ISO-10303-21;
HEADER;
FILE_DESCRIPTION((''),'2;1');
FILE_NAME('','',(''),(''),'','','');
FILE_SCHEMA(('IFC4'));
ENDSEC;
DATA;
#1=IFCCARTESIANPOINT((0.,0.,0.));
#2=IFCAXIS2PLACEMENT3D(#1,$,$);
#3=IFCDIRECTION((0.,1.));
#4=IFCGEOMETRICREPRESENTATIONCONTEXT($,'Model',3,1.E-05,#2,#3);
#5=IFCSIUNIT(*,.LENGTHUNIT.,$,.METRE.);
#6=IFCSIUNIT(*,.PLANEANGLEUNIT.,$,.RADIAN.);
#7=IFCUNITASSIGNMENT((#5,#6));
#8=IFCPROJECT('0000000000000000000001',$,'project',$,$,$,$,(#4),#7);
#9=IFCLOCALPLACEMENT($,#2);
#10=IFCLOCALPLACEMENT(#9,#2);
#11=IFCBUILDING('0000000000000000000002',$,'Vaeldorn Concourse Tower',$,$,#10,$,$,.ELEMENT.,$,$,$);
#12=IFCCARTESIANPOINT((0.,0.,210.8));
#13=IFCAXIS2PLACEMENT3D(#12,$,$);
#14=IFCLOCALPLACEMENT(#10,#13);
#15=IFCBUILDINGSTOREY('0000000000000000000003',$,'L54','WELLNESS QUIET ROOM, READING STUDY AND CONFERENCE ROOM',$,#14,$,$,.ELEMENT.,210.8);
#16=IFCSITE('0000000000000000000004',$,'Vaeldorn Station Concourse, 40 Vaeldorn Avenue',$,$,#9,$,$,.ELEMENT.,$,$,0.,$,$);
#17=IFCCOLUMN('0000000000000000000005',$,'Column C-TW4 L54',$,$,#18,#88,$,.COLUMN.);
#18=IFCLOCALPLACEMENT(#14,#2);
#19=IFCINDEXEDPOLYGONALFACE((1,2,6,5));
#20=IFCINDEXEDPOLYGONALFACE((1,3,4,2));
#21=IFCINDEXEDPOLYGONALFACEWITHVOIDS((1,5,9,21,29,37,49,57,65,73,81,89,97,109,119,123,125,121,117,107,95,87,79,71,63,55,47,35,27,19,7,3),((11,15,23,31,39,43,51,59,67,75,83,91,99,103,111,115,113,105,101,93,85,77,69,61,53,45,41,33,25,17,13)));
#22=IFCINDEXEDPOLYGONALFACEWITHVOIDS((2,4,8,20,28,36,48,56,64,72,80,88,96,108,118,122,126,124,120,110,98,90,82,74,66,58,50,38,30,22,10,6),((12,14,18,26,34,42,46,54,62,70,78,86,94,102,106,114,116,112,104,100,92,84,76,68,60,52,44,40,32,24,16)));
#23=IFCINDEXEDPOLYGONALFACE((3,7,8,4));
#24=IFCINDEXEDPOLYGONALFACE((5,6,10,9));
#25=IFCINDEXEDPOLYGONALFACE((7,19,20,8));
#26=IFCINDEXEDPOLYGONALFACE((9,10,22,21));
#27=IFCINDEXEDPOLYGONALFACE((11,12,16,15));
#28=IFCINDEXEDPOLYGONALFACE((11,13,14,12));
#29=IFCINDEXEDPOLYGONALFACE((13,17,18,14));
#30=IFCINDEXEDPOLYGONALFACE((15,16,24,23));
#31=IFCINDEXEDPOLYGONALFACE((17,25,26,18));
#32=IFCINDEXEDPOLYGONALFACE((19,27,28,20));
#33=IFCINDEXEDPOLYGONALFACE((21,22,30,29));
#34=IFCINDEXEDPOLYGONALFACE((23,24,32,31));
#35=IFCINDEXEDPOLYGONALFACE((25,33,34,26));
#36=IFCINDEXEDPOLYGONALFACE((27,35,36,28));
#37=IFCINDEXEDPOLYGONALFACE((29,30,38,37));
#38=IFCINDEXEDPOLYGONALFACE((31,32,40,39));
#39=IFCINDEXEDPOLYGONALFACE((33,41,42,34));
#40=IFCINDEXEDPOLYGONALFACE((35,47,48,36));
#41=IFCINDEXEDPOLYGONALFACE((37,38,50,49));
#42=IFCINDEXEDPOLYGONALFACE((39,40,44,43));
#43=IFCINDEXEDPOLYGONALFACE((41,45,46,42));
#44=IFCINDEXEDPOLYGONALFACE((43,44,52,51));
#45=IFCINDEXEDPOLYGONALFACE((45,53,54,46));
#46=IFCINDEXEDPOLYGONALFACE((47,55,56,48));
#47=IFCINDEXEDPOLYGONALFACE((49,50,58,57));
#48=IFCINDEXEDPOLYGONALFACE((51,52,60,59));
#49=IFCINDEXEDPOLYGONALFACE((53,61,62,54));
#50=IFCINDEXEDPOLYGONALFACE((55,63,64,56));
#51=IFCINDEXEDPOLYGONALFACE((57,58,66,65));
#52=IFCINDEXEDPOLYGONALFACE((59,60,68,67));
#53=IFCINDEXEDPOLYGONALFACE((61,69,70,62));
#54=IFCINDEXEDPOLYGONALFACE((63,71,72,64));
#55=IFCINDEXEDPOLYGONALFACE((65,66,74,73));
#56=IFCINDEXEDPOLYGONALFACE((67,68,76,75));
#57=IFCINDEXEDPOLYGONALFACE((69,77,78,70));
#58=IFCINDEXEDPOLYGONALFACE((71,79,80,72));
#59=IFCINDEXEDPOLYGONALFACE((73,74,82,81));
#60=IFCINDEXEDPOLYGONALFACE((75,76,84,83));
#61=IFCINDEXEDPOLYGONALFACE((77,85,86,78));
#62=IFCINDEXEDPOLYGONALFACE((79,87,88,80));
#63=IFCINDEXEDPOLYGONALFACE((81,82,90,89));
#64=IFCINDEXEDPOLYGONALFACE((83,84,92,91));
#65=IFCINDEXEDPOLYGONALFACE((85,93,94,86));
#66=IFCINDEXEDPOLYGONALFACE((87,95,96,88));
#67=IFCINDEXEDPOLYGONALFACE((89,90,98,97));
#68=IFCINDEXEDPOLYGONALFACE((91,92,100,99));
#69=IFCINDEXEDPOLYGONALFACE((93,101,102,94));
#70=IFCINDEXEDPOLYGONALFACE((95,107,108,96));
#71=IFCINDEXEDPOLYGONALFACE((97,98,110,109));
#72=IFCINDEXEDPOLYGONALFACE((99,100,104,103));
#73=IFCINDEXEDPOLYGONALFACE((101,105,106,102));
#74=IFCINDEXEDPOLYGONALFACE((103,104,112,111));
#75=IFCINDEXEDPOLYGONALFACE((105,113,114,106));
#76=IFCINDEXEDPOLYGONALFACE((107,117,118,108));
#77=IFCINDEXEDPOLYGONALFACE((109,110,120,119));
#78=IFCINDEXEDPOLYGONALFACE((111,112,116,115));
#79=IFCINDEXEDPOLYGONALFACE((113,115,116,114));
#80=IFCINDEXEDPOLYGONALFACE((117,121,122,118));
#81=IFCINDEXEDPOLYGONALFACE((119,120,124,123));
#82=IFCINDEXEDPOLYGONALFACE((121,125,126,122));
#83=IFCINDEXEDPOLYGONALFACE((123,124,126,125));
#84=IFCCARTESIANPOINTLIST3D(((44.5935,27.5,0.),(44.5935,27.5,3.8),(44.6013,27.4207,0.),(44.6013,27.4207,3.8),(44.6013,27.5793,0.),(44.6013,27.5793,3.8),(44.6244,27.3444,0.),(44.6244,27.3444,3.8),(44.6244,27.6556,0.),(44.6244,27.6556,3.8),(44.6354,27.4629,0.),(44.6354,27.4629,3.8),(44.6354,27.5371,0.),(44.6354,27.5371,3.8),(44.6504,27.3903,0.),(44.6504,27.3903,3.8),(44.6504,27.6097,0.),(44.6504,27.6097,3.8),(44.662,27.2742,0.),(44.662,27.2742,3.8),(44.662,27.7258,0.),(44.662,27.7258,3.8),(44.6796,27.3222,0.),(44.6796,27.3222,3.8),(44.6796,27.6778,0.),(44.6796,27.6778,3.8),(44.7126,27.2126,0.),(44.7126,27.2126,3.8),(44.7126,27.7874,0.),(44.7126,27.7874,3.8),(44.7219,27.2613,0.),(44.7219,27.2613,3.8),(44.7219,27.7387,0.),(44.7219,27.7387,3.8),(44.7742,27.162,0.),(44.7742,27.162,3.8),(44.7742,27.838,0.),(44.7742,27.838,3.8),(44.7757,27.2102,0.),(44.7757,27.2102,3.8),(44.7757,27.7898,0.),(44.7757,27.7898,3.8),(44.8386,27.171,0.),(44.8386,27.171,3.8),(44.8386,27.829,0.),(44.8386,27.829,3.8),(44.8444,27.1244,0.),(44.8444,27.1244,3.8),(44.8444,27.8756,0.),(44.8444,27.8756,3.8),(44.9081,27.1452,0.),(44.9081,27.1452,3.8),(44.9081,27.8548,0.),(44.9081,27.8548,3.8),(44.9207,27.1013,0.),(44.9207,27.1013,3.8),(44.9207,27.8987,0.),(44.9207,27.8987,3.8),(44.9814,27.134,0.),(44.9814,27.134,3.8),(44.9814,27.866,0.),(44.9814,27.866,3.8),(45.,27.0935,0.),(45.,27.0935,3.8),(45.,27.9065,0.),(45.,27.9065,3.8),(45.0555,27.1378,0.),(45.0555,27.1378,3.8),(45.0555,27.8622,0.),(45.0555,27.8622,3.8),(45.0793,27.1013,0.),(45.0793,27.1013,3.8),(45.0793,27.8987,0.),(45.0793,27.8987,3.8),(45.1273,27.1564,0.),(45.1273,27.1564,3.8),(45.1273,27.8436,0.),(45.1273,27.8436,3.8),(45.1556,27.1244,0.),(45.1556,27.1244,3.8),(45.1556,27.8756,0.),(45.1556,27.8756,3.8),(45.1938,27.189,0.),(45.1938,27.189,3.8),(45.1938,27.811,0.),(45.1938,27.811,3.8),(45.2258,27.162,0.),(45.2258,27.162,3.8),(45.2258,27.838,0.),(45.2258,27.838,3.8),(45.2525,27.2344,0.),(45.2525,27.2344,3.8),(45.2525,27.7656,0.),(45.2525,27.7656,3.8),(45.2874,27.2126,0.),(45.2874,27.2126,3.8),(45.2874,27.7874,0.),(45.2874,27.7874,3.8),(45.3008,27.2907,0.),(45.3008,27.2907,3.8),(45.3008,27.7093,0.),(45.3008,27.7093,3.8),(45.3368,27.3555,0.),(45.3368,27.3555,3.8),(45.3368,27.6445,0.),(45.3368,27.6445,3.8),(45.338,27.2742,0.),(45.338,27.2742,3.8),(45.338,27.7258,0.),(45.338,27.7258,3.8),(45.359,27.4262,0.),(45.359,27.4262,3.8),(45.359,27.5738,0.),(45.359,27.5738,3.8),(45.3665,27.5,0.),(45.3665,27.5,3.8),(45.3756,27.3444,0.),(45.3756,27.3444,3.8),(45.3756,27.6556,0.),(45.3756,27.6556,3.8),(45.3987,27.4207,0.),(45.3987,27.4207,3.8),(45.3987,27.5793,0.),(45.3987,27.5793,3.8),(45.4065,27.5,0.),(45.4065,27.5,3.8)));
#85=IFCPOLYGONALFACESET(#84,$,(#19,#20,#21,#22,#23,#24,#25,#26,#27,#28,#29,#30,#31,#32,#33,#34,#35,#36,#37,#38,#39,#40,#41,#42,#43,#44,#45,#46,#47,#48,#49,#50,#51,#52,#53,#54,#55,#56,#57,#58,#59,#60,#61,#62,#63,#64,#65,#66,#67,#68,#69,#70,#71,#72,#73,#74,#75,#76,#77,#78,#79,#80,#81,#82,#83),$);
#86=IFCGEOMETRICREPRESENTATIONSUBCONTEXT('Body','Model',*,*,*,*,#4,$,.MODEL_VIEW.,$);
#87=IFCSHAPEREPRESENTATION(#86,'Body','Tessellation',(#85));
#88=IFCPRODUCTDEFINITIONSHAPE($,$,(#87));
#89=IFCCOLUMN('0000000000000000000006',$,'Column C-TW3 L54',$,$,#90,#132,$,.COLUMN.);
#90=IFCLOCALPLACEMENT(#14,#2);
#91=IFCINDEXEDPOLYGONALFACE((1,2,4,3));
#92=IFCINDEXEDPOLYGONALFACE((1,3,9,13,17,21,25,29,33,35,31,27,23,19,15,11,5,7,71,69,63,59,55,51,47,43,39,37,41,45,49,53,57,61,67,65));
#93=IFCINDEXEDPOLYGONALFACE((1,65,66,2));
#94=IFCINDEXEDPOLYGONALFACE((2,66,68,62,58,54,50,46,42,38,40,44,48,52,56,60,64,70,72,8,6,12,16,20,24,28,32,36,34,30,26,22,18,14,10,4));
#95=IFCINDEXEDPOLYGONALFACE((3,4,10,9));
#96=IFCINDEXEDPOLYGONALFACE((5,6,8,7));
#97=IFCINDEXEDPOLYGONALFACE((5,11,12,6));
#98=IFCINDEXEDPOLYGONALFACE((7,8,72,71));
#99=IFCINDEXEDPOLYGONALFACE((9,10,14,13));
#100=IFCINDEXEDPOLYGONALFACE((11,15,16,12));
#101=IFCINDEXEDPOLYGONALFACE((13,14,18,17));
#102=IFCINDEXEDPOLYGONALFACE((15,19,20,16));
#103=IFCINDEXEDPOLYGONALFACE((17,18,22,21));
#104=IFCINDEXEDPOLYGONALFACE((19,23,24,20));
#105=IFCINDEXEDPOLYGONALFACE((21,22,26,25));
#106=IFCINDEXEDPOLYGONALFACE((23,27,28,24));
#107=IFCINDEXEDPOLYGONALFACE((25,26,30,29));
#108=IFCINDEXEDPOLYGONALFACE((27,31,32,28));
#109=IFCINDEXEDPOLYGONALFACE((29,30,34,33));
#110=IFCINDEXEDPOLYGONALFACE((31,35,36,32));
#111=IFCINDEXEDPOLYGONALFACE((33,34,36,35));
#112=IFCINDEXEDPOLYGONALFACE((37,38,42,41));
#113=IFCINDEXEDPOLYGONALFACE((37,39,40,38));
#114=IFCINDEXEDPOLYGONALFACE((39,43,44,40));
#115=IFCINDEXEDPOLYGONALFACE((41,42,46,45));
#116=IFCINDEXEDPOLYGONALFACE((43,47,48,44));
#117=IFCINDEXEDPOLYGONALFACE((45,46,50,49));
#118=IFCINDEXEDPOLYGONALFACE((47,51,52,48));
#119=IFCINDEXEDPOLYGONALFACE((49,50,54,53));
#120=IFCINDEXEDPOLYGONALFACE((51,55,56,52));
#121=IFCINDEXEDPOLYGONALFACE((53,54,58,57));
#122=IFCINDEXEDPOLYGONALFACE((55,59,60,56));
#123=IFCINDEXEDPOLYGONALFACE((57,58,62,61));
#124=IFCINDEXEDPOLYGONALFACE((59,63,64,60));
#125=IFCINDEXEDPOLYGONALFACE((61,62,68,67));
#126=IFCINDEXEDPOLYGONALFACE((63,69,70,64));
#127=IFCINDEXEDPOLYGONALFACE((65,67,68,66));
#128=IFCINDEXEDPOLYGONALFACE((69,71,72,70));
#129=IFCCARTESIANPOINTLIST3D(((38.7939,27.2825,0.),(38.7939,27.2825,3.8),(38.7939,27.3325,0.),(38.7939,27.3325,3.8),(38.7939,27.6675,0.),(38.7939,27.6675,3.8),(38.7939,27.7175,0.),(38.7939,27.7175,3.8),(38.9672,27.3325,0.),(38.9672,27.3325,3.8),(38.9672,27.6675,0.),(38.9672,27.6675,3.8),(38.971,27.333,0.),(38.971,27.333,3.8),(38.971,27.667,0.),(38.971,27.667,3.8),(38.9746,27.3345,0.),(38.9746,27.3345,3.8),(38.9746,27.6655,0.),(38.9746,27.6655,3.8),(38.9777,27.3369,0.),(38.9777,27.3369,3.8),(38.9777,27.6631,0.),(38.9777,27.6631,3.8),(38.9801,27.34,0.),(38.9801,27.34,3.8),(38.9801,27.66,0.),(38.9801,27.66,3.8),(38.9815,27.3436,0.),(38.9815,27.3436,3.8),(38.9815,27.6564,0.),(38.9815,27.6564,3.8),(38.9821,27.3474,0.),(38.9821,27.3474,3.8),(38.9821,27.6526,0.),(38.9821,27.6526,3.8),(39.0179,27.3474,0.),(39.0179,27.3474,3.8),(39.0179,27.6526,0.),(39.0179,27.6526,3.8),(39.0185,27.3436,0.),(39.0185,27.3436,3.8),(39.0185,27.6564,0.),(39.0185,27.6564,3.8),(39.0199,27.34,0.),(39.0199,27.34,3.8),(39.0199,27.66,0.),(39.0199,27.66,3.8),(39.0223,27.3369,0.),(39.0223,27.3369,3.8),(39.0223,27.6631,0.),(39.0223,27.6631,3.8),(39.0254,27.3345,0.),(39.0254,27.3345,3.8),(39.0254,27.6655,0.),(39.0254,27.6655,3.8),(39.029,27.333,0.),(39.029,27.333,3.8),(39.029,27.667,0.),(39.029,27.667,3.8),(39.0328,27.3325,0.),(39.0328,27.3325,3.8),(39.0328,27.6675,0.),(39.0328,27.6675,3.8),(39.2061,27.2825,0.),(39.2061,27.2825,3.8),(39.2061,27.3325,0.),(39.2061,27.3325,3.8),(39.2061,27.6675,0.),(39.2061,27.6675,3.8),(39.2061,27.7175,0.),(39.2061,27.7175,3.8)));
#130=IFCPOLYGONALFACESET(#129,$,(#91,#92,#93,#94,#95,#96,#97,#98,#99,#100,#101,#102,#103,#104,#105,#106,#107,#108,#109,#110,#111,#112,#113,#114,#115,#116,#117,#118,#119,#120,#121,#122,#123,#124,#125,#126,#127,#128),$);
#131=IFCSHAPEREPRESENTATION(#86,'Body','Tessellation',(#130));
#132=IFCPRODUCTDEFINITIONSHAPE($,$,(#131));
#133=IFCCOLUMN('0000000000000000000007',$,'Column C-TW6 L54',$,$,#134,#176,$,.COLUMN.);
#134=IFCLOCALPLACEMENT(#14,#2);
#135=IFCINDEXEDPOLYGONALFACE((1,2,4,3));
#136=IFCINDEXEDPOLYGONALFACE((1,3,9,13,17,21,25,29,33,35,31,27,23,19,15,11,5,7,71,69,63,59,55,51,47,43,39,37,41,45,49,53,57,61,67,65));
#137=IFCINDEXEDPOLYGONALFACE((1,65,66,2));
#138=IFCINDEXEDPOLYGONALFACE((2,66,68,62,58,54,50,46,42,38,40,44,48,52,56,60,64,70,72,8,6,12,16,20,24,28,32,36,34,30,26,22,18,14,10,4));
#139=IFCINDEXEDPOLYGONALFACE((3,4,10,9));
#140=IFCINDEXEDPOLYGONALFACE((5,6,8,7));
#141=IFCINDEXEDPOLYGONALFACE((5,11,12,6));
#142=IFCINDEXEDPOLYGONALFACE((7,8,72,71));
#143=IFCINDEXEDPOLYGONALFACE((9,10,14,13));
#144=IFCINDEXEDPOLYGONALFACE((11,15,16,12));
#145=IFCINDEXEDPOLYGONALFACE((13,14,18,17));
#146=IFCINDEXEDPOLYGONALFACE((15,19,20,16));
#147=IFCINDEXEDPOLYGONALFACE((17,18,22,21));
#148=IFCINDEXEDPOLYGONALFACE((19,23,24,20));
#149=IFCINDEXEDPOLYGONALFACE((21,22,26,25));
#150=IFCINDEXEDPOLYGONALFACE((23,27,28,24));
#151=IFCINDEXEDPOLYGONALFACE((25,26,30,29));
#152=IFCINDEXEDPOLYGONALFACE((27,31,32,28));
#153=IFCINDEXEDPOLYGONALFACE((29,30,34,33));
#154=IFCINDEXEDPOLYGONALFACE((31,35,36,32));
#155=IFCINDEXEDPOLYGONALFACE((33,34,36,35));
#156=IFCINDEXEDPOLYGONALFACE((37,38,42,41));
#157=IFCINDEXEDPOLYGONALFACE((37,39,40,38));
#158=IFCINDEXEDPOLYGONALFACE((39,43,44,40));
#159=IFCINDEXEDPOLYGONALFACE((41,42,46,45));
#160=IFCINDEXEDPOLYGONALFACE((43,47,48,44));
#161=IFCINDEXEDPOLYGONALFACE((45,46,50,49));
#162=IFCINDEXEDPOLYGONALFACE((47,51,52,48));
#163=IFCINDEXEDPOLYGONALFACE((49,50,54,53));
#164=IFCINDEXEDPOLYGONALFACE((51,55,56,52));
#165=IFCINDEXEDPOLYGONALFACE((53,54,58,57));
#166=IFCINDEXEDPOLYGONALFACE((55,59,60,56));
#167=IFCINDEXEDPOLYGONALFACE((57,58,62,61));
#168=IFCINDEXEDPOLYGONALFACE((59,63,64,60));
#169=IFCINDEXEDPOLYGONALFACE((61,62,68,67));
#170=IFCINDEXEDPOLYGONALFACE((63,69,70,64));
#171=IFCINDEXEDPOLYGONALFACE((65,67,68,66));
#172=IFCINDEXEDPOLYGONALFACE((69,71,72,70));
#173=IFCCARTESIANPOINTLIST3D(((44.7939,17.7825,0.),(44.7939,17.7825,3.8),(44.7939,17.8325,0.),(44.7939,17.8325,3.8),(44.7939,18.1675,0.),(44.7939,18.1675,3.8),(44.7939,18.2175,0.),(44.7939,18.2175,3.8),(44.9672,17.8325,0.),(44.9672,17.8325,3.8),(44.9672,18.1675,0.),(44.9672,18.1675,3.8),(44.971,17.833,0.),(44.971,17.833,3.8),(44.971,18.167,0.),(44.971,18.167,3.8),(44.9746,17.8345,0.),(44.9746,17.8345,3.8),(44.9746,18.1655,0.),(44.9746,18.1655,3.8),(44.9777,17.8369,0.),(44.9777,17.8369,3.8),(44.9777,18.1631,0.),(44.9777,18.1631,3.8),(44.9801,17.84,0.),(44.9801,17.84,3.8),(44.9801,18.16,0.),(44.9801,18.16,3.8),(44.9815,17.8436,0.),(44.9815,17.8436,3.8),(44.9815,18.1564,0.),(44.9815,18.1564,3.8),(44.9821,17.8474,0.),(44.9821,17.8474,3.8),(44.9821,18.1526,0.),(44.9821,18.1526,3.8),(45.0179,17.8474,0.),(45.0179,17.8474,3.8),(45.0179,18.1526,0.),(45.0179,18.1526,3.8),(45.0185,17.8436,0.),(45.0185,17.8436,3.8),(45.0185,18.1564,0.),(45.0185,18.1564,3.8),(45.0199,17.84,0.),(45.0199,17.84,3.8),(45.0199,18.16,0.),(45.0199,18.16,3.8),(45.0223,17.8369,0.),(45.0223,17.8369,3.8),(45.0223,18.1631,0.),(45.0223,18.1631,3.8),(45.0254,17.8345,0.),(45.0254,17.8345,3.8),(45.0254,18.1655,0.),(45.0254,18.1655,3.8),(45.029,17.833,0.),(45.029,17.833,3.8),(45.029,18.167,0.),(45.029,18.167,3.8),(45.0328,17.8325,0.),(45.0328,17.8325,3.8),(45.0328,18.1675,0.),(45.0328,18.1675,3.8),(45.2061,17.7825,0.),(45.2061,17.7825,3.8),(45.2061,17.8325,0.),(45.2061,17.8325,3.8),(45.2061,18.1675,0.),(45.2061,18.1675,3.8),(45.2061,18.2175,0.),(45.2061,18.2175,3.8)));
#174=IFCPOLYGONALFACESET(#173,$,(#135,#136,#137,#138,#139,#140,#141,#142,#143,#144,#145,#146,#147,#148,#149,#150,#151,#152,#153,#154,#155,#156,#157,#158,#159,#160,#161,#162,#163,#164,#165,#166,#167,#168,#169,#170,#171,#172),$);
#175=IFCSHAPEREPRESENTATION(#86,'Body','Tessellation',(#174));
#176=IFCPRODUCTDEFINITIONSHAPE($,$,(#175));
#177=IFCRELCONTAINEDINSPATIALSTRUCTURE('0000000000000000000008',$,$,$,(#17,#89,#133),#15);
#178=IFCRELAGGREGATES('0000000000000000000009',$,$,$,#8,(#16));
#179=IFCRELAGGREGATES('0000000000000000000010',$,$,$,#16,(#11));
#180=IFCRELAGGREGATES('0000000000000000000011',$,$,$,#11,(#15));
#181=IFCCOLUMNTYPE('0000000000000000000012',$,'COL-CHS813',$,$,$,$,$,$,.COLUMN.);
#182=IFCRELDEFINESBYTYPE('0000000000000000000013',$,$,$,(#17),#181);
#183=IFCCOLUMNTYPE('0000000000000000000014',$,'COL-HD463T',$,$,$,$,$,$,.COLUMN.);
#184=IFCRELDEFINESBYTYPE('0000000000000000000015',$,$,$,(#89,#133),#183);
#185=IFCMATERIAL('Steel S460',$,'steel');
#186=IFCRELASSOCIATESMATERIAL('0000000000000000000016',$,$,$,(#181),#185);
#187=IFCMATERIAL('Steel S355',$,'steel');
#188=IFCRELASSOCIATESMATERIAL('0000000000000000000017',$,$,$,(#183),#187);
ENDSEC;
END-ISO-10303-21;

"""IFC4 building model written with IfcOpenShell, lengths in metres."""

from ifc_helpers import new_model, si_unit, direction, frame, origin, origin_2d, place, context, subcontext, project, spatial, hollow_circle, i_section, extrude, source, transform, mapped, material, material_profile, profile_set, type_object, element, save


model = new_model("IFC4")

# Units and contexts
model_context = context("Model", 3, precision=1e-05, world=origin(), true_north=direction((0.0, 1.0)))
body_context = subcontext(model_context, "Body", "Model", "MODEL_VIEW")
ifc_project = project(units=[si_unit("LENGTHUNIT", "METRE"), si_unit("PLANEANGLEUNIT", "RADIAN")], contexts=[model_context])

# Site, building, storey
site_placement = place(None, origin())
site = spatial("IfcSite", under=ifc_project, at=site_placement, Name="Vaeldorn Station Concourse, 40 Vaeldorn Avenue", CompositionType="ELEMENT", RefElevation=0.0)
building_placement = place(site_placement, origin())
building = spatial("IfcBuilding", under=site, at=building_placement, Name="Vaeldorn Concourse Tower", CompositionType="ELEMENT")
storey_placement = place(building_placement, frame((0.0, 0.0, 210.8)))
storey = spatial("IfcBuildingStorey", under=building, at=storey_placement, Name="L54", Description="WELLNESS QUIET ROOM, READING STUDY AND CONFERENCE ROOM", CompositionType="ELEMENT", Elevation=210.8)

# Columns
ifc_material_1 = material(Name="Steel S460", Category="steel")
ifc_material_profile_1 = material_profile(ifc_material_1, hollow_circle(Radius=0.4065, WallThickness=0.04, at=origin_2d()), Name="CHS 813x40")
ifc_profile_set_1 = profile_set([ifc_material_profile_1], Name="Steel S460")
column_type_1 = type_object("IfcColumnType", Name="COL-CHS813", PredefinedType="COLUMN", material=ifc_profile_set_1)
shared_shape_1 = source(origin(), body_context, "Body", "SweptSolid", [
    extrude(hollow_circle(Radius=0.4065, WallThickness=0.04, at=origin_2d()), origin(), (0.0, 0.0, 1.0), 3.8),
])
column_placement = place(storey_placement, frame((45.0, 27.5, 0.0), z_axis=(0.0, 0.0, 1.0), x_axis=(1.0, 0.0, 0.0)))
element("IfcColumn", 1, at=column_placement, inside=storey, type_object=column_type_1, Name="Column C-TW4 L54", PredefinedType="COLUMN", context=body_context, shape_type="MappedRepresentation", body=[
    mapped(shared_shape_1, transform((0.0, 0.0, 0.0), scale=1.0)),
])
ifc_material_2 = material(Name="Steel S355", Category="steel")
ifc_material_profile_2 = material_profile(ifc_material_2, i_section(OverallWidth=0.4121, OverallDepth=0.4351, WebThickness=0.0359, FlangeThickness=0.05, FilletRadius=0.0149, at=origin_2d()), Name="HD 400x463")
ifc_profile_set_2 = profile_set([ifc_material_profile_2], Name="Steel S355")
column_type_2 = type_object("IfcColumnType", Name="COL-HD463T", PredefinedType="COLUMN", material=ifc_profile_set_2)
shared_shape_2 = source(origin(), body_context, "Body", "SweptSolid", [
    extrude(i_section(OverallWidth=0.4121, OverallDepth=0.4351, WebThickness=0.0359, FlangeThickness=0.05, FilletRadius=0.0149, at=origin_2d()), origin(), (0.0, 0.0, 1.0), 3.8),
])
for number, where, z_axis, x_axis, name in (
    (2, (39.0, 27.5, 0.0), (0.0, 0.0, 1.0), (1.0, 0.0, 0.0), "Column C-TW3 L54"),
    (3, (45.0, 18.0, 0.0), (0.0, 0.0, 1.0), (1.0, 0.0, 0.0), "Column C-TW6 L54"),
):
    element("IfcColumn", number, at=place(storey_placement, frame(where, z_axis=z_axis, x_axis=x_axis)), inside=storey, type_object=column_type_2, Name=name, PredefinedType="COLUMN", context=body_context, shape_type="MappedRepresentation", body=[
        mapped(shared_shape_2, transform((0.0, 0.0, 0.0), scale=1.0)),
    ])

save(model, "model.ifc")
